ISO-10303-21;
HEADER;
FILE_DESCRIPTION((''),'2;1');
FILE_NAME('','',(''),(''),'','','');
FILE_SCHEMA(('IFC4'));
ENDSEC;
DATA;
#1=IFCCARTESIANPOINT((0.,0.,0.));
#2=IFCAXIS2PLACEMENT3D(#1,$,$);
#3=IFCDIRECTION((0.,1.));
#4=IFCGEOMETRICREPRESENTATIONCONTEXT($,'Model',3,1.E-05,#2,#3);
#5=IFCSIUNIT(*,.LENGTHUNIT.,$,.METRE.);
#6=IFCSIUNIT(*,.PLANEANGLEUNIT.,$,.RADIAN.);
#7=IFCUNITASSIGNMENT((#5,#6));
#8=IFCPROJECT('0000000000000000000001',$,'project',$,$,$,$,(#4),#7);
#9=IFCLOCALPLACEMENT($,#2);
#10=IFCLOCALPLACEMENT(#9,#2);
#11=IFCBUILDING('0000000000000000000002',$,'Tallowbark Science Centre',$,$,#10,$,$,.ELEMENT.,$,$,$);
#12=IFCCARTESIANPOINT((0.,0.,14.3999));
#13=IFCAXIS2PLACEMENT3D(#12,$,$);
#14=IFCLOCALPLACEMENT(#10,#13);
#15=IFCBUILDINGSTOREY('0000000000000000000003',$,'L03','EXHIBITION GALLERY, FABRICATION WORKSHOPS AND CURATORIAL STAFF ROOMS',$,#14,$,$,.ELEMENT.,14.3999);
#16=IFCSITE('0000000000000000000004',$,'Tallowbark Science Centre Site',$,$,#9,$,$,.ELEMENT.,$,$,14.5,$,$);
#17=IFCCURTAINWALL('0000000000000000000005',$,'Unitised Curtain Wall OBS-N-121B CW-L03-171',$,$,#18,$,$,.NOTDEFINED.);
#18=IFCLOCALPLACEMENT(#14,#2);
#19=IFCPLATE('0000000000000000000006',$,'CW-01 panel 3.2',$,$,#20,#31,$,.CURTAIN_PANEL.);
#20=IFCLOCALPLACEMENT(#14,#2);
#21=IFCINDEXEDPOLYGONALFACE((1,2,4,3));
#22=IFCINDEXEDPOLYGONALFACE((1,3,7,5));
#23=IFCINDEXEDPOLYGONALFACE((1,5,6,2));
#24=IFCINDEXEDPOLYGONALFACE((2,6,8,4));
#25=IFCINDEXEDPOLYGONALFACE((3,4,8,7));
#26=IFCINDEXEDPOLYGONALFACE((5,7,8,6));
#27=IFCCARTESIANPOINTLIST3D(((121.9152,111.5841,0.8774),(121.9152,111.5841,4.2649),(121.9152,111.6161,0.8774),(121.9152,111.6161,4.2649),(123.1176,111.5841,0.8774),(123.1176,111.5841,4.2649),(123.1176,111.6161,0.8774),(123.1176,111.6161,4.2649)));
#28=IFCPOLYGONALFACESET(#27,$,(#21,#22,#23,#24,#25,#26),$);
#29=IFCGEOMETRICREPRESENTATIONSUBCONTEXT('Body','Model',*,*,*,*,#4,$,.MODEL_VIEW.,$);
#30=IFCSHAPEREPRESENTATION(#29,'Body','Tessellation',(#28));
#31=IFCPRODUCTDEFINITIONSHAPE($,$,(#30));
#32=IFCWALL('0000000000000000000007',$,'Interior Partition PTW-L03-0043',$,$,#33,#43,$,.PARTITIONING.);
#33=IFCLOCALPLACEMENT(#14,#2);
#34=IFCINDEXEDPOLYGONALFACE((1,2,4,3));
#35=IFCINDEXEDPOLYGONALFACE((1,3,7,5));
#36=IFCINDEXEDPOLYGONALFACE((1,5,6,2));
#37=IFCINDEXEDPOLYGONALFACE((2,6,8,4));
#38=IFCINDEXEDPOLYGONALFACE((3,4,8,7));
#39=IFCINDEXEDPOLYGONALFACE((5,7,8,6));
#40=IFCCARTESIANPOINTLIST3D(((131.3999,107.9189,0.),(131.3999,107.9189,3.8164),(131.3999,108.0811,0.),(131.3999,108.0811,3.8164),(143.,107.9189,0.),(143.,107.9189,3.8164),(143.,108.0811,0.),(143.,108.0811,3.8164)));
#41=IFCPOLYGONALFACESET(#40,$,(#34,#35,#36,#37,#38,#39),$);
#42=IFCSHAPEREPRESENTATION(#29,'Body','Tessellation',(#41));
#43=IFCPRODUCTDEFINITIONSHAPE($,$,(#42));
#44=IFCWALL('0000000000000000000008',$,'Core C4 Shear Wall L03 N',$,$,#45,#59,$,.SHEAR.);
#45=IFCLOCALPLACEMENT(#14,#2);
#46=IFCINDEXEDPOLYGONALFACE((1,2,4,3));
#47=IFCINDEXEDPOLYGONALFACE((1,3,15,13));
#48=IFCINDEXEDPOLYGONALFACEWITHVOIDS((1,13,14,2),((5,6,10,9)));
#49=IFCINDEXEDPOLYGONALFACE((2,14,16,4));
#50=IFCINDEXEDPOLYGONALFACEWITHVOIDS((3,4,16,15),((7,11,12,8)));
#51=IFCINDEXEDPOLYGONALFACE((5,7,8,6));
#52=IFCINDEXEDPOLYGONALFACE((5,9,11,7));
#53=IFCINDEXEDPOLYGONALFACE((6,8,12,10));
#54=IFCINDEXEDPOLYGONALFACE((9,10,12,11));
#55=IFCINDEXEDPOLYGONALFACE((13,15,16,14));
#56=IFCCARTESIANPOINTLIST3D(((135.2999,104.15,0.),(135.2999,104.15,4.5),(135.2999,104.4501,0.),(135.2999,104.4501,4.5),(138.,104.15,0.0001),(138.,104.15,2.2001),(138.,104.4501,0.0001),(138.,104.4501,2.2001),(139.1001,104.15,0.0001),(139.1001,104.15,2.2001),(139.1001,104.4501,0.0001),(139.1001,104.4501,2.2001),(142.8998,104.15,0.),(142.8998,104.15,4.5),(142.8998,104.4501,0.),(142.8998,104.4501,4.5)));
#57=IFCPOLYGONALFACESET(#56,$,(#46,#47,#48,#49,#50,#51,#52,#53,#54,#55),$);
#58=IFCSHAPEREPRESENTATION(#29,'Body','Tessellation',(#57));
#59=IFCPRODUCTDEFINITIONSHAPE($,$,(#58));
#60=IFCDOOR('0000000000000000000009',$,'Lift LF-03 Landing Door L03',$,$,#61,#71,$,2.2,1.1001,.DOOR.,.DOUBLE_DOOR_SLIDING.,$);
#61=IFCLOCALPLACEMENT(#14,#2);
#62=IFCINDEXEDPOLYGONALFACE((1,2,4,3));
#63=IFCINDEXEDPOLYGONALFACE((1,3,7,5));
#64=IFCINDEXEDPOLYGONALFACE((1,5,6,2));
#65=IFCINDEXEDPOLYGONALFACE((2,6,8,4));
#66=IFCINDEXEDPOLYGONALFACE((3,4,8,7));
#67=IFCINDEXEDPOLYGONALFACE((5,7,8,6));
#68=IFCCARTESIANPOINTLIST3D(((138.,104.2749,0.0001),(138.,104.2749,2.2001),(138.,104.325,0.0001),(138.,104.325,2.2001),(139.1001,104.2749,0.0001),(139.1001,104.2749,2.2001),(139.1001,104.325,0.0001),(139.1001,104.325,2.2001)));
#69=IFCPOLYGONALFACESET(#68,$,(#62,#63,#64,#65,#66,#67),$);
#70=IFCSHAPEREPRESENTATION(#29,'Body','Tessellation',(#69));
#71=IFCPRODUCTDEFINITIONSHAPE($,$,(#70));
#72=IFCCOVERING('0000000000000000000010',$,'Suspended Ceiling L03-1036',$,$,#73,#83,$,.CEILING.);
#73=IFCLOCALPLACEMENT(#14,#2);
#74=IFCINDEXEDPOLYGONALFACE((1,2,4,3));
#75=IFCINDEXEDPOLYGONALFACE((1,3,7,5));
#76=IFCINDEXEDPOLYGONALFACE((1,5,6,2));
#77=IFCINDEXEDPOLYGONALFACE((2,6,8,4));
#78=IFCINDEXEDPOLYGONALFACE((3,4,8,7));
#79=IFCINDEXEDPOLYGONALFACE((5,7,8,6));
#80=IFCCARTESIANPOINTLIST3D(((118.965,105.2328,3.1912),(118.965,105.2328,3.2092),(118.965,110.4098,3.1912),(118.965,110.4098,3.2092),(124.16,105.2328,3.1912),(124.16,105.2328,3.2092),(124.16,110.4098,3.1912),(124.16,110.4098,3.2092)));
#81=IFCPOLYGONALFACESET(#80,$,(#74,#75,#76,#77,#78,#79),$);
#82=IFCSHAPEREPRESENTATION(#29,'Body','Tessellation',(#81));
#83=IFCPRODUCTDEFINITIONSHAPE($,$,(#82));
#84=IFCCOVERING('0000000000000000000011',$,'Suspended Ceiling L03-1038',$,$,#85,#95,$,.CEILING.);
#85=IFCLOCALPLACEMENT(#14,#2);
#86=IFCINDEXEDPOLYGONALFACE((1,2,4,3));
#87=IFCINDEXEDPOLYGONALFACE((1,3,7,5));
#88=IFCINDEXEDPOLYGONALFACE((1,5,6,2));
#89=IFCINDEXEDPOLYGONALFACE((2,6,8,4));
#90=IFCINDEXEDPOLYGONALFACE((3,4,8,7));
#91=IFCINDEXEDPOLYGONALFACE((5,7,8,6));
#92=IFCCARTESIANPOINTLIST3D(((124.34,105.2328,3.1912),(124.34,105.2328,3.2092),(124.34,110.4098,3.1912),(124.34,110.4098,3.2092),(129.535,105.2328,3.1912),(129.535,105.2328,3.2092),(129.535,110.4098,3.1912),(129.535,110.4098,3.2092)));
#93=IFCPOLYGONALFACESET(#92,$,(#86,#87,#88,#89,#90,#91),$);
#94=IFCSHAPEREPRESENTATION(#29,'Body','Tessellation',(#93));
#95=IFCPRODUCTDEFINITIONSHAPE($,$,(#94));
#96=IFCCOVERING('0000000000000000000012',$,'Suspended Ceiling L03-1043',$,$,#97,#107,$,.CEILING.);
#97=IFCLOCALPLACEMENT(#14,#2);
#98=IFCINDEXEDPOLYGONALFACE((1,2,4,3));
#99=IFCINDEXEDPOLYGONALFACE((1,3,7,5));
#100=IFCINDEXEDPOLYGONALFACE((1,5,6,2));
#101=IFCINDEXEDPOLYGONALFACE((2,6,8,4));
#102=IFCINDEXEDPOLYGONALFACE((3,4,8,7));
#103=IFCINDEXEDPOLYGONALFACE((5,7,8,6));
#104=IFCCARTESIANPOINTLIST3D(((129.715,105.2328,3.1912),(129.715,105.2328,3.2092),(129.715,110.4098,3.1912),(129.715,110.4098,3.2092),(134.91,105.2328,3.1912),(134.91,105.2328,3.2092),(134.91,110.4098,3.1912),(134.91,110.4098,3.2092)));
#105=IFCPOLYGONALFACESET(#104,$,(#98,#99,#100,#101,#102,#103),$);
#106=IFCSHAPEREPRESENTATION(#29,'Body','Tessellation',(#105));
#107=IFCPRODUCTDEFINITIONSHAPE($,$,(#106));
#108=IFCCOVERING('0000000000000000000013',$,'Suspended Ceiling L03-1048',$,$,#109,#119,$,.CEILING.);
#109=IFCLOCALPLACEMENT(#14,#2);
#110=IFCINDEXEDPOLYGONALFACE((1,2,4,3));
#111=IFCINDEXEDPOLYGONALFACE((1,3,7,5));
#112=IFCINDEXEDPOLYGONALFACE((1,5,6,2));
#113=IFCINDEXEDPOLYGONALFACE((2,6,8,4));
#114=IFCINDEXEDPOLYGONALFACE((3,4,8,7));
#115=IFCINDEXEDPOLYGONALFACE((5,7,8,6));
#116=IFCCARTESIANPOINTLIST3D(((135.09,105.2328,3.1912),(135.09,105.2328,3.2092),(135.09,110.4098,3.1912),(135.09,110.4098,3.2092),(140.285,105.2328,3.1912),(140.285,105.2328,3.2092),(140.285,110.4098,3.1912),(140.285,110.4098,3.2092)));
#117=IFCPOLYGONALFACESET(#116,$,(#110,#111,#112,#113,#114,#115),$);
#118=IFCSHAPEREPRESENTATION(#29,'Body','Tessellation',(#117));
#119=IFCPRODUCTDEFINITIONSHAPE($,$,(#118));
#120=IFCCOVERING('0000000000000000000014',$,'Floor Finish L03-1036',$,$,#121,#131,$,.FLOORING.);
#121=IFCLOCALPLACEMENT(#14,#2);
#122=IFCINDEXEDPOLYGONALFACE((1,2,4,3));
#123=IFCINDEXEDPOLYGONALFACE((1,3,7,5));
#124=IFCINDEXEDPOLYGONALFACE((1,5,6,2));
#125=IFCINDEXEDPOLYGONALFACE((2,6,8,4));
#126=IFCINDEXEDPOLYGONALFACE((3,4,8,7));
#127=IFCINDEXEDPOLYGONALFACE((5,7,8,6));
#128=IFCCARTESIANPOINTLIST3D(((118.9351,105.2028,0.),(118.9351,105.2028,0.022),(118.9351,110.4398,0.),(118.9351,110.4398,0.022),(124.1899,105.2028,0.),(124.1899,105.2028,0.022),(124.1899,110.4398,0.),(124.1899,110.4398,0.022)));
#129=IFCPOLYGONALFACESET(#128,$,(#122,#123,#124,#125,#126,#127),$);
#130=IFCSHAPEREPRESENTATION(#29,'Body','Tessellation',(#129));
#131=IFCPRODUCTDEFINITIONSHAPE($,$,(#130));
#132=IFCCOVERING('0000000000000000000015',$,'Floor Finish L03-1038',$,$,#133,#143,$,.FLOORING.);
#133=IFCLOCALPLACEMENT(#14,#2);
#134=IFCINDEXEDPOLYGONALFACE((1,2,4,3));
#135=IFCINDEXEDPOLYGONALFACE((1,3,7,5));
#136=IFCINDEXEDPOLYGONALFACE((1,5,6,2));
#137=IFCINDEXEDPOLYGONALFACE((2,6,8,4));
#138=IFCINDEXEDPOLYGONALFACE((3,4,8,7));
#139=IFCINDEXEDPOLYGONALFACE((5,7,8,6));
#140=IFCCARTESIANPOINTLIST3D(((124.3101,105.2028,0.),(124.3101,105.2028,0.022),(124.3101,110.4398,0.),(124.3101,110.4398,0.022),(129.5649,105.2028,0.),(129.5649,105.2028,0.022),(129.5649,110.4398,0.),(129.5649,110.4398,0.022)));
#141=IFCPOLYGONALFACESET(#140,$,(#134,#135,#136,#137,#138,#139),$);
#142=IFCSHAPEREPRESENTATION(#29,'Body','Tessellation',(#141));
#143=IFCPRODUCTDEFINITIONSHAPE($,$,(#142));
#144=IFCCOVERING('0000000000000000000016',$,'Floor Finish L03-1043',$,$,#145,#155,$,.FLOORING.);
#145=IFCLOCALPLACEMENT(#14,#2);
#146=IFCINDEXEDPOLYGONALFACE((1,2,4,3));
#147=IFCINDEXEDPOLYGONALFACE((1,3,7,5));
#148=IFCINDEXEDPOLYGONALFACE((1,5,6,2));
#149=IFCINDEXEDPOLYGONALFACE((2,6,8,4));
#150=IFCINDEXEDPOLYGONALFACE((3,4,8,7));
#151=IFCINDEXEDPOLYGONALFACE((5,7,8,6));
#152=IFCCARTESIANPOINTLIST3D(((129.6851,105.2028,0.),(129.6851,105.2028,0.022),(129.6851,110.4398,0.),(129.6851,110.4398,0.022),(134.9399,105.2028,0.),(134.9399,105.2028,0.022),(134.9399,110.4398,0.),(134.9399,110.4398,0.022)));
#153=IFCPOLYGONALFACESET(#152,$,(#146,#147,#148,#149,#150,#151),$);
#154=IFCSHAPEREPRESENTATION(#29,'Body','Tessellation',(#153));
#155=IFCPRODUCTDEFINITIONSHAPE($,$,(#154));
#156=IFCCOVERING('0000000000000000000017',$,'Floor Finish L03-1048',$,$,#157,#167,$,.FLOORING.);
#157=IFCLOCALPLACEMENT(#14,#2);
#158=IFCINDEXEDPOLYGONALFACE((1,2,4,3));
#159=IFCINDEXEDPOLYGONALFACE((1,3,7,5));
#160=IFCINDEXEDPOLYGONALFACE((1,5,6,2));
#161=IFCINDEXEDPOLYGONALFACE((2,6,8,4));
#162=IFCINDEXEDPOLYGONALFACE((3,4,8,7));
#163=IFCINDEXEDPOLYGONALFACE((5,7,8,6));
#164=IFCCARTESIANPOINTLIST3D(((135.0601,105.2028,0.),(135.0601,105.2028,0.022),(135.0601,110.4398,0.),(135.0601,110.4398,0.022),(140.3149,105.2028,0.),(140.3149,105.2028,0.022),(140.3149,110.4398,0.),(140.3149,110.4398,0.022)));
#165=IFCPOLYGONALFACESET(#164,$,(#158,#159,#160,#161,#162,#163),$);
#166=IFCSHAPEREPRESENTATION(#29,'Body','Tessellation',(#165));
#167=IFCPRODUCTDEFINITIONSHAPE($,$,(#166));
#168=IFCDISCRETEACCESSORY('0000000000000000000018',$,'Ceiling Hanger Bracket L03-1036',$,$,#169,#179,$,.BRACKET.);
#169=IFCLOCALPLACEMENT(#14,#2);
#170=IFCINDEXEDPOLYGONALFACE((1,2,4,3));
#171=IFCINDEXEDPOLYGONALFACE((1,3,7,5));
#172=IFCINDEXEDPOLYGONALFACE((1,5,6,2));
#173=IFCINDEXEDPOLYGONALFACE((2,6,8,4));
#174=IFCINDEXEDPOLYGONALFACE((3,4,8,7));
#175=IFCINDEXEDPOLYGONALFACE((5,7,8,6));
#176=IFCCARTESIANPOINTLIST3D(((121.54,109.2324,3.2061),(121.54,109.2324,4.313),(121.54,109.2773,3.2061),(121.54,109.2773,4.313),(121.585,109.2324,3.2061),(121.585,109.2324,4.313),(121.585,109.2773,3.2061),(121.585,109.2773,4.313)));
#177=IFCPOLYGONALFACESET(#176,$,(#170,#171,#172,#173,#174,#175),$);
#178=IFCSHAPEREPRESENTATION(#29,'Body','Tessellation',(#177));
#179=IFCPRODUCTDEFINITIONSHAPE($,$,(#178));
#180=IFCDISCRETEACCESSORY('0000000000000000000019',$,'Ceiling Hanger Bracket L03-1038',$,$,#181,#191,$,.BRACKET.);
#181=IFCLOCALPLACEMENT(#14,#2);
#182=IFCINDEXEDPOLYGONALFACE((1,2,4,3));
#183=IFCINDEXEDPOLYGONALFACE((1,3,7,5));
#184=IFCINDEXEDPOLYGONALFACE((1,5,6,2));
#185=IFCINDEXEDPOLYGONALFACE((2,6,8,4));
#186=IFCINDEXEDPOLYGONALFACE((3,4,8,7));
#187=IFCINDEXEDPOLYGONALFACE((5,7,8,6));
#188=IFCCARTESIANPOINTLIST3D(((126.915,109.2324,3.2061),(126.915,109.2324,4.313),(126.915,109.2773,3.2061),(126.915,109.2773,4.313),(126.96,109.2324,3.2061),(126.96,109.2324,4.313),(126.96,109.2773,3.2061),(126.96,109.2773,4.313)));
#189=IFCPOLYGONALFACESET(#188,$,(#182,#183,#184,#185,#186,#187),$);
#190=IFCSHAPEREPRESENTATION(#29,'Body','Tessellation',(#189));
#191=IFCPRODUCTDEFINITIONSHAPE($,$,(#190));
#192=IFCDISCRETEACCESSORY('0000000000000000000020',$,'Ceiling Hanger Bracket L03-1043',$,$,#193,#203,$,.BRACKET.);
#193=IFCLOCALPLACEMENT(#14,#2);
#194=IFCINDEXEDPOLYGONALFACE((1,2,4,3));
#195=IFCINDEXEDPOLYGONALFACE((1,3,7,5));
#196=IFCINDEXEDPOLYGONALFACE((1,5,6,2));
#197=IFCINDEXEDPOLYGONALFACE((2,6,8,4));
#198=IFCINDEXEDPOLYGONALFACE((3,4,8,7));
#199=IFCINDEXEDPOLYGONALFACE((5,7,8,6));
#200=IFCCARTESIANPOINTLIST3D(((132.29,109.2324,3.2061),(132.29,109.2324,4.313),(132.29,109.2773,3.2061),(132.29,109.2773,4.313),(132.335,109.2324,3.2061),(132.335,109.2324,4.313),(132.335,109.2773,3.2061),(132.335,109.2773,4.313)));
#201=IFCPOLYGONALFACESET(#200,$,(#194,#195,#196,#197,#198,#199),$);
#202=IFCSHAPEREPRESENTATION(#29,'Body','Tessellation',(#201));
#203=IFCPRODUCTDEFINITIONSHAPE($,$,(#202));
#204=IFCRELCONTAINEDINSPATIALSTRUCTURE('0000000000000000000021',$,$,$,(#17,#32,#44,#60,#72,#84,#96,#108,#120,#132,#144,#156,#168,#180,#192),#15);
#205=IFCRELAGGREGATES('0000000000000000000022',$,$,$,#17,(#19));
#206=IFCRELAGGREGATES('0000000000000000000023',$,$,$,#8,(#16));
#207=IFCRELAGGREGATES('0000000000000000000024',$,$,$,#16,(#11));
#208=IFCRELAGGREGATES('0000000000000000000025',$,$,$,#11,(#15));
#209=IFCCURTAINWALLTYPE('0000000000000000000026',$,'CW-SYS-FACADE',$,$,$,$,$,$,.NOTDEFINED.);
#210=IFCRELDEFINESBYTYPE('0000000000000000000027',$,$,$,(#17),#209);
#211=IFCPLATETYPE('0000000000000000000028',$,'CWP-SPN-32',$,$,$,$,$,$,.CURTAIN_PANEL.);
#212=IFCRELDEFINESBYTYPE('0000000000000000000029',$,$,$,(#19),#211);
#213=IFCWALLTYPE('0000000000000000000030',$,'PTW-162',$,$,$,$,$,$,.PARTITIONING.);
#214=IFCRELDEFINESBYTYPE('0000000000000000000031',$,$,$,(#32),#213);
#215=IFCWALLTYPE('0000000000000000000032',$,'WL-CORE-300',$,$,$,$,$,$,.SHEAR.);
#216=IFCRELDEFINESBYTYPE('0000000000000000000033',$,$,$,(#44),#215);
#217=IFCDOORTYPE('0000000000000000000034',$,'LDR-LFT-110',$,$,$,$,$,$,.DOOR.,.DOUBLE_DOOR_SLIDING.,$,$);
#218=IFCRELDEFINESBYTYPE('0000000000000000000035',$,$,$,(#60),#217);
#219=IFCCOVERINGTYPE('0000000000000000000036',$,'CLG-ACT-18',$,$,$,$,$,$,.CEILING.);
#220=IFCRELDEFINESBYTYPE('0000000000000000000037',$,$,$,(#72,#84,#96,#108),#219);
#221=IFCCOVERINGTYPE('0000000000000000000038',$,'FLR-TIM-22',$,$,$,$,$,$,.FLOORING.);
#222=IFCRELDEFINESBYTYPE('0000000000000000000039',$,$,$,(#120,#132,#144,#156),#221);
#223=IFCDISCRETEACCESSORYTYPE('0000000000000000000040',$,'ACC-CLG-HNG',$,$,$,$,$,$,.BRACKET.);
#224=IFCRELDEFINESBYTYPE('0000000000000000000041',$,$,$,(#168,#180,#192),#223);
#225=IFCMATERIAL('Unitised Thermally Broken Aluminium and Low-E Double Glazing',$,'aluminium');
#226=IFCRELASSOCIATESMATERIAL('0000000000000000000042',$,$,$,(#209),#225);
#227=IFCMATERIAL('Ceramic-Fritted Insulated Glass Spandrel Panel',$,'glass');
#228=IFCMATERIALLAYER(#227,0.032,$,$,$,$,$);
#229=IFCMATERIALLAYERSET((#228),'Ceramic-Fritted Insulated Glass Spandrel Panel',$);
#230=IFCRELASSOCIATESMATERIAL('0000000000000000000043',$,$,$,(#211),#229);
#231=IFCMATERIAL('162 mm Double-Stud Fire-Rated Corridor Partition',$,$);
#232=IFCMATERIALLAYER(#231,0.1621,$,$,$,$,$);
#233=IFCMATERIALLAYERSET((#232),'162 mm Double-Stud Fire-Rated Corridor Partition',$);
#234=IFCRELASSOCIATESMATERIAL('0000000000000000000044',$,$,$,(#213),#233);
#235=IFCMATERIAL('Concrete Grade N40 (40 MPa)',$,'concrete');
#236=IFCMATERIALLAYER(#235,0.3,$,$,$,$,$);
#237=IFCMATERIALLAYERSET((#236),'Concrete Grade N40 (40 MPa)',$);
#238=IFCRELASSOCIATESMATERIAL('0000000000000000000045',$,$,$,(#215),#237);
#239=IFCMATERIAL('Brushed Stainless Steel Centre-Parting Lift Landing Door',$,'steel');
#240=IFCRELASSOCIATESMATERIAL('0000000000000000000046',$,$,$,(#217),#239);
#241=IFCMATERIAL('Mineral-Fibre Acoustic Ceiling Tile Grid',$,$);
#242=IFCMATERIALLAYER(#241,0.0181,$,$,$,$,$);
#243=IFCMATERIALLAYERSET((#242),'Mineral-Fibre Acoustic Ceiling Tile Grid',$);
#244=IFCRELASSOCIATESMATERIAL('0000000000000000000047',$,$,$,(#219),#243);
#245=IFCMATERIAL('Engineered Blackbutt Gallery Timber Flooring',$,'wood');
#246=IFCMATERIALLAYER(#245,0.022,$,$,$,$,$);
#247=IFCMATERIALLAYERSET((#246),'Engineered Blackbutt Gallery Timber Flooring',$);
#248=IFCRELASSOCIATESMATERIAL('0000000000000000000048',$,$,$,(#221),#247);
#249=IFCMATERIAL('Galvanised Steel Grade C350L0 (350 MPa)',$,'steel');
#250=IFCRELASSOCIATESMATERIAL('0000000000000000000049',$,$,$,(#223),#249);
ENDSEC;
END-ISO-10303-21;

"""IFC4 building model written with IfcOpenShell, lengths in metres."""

from ifc_helpers import new_model, si_unit, direction, frame, frame_2d, origin, origin_2d, place, context, subcontext, project, spatial, rectangle, extrude, material, layer, layer_set, type_object, element, fill, aggregate, save


model = new_model("IFC4")

# Units and contexts
model_context = context("Model", 3, precision=1e-05, world=origin(), true_north=direction((0.0, 1.0)))
body_context = subcontext(model_context, "Body", "Model", "MODEL_VIEW")
ifc_project = project(units=[si_unit("LENGTHUNIT", "METRE"), si_unit("PLANEANGLEUNIT", "RADIAN")], contexts=[model_context])

# Site, building, storey
site_placement = place(None, origin())
site = spatial("IfcSite", under=ifc_project, at=site_placement, Name="Tallowbark Science Centre Site", CompositionType="ELEMENT", RefElevation=14.5)
building_placement = place(site_placement, origin())
building = spatial("IfcBuilding", under=site, at=building_placement, Name="Tallowbark Science Centre", CompositionType="ELEMENT")
storey_placement = place(building_placement, frame((0.0, 0.0, 14.3999)))
storey = spatial("IfcBuildingStorey", under=building, at=storey_placement, Name="L03", Description="EXHIBITION GALLERY, FABRICATION WORKSHOPS AND CURATORIAL STAFF ROOMS", CompositionType="ELEMENT", Elevation=14.3999)

# Curtain wall
ifc_material_1 = material(Name="Unitised Thermally Broken Aluminium and Low-E Double Glazing", Category="aluminium")
curtain_wall_type = type_object("IfcCurtainWallType", Name="CW-SYS-FACADE", PredefinedType="NOTDEFINED", material=ifc_material_1)
curtain_wall_placement = place(storey_placement, origin())
curtain_wall = element("IfcCurtainWall", 1, at=curtain_wall_placement, inside=storey, type_object=curtain_wall_type, Name="Unitised Curtain Wall OBS-N-121B CW-L03-171", PredefinedType="NOTDEFINED")

# Plate
ifc_material_2 = material(Name="Ceramic-Fritted Insulated Glass Spandrel Panel", Category="glass")
ifc_layer_1 = layer(ifc_material_2, 0.032)
ifc_layer_set_1 = layer_set([ifc_layer_1], Name="Ceramic-Fritted Insulated Glass Spandrel Panel")
plate_type = type_object("IfcPlateType", Name="CWP-SPN-32", PredefinedType="CURTAIN_PANEL", material=ifc_layer_set_1)
plate_1_placement = place(storey_placement, frame((122.5164, 111.6001, 0.8774), z_axis=(0.0, 0.0, 1.0), x_axis=(-1.0, 0.0, 0.0)))
plate_1 = element("IfcPlate", 2, at=plate_1_placement, type_object=plate_type, Name="CW-01 panel 3.2", PredefinedType="CURTAIN_PANEL", context=body_context, shape_type="SweptSolid", body=[
    extrude(rectangle(XDim=1.2024, YDim=0.032, at=origin_2d()), origin(), (0.0, 0.0, 1.0), 3.3875),
])
aggregate(curtain_wall, [plate_1])

# Wall
ifc_material_3 = material(Name="162 mm Double-Stud Fire-Rated Corridor Partition")
ifc_layer_2 = layer(ifc_material_3, 0.1621)
ifc_layer_set_2 = layer_set([ifc_layer_2], Name="162 mm Double-Stud Fire-Rated Corridor Partition")
wall_type_1 = type_object("IfcWallType", Name="PTW-162", PredefinedType="PARTITIONING", material=ifc_layer_set_2)
wall_1_placement = place(storey_placement, frame((131.3999, 108.0, 0.0), z_axis=(0.0, 0.0, 1.0), x_axis=(1.0, 0.0, 0.0)))
element("IfcWall", 3, at=wall_1_placement, inside=storey, type_object=wall_type_1, Name="Interior Partition PTW-L03-0043", PredefinedType="PARTITIONING", context=body_context, shape_type="SweptSolid", body=[
    extrude(rectangle(XDim=11.6001, YDim=0.1621, at=frame_2d((5.8, 0.0))), origin(), (0.0, 0.0, 1.0), 3.8164),
])

# Wall, opening, door
ifc_material_4 = material(Name="Concrete Grade N40 (40 MPa)", Category="concrete")
ifc_layer_3 = layer(ifc_material_4, 0.3)
ifc_layer_set_3 = layer_set([ifc_layer_3], Name="Concrete Grade N40 (40 MPa)")
wall_type_2 = type_object("IfcWallType", Name="WL-CORE-300", PredefinedType="SHEAR", material=ifc_layer_set_3)
wall_2_placement = place(storey_placement, frame((135.3, 104.3, 0.0), z_axis=(0.0, 0.0, 1.0), x_axis=(1.0, 0.0, 0.0)))
wall_2 = element("IfcWall", 4, at=wall_2_placement, inside=storey, type_object=wall_type_2, Name="Core C4 Shear Wall L03 N", PredefinedType="SHEAR", context=body_context, shape_type="SweptSolid", body=[
    extrude(rectangle(XDim=7.5999, YDim=0.3, at=frame_2d((3.7998, 0.0))), origin(), (0.0, 0.0, 1.0), 4.5),
])
opening_placement = place(wall_2_placement, frame((2.7, 0.0, 0.0)))
opening = element("IfcOpeningElement", 5, at=opening_placement, cuts=wall_2, PredefinedType="OPENING", context=body_context, shape_type="SweptSolid", body=[
    extrude(rectangle(XDim=1.1001, YDim=2.2, at=frame_2d((0.55, 1.1001))), frame((0.0, 0.1602, 0.0), z_axis=(0.0, -1.0, 0.0), x_axis=(1.0, 0.0, 0.0)), (0.0, 0.0, 1.0), 0.3201),
])
ifc_material_5 = material(Name="Brushed Stainless Steel Centre-Parting Lift Landing Door", Category="steel")
door_type = type_object("IfcDoorType", Name="LDR-LFT-110", OperationType="DOUBLE_DOOR_SLIDING", PredefinedType="DOOR", material=ifc_material_5)
door_placement = place(opening_placement, origin())
door = element("IfcDoor", 6, at=door_placement, inside=storey, type_object=door_type, Name="Lift LF-03 Landing Door L03", OperationType="DOUBLE_DOOR_SLIDING", OverallHeight=2.2, OverallWidth=1.1001, PredefinedType="DOOR", context=body_context, shape_type="SweptSolid", body=[
    extrude(rectangle(XDim=1.1001, YDim=2.2, at=frame_2d((0.55, 1.1001))), frame((0.0, 0.0249, 0.0), z_axis=(0.0, -1.0, 0.0), x_axis=(1.0, 0.0, 0.0)), (0.0, 0.0, 1.0), 0.05),
])
fill(opening, door)

# Coverings
ifc_material_6 = material(Name="Mineral-Fibre Acoustic Ceiling Tile Grid")
ifc_layer_4 = layer(ifc_material_6, 0.0181)
ifc_layer_set_4 = layer_set([ifc_layer_4], Name="Mineral-Fibre Acoustic Ceiling Tile Grid")
covering_type_1 = type_object("IfcCoveringType", Name="CLG-ACT-18", PredefinedType="CEILING", material=ifc_layer_set_4)
for number, where, z_axis, x_axis, name in (
    (7, (121.5625, 107.8213, 3.1912), (0.0, 0.0, 1.0), (1.0, 0.0, 0.0), "Suspended Ceiling L03-1036"),
    (8, (126.9375, 107.8213, 3.1912), (0.0, 0.0, 1.0), (1.0, 0.0, 0.0), "Suspended Ceiling L03-1038"),
    (9, (132.3125, 107.8213, 3.1912), (0.0, 0.0, 1.0), (1.0, 0.0, 0.0), "Suspended Ceiling L03-1043"),
    (10, (137.6875, 107.8213, 3.1912), (0.0, 0.0, 1.0), (1.0, 0.0, 0.0), "Suspended Ceiling L03-1048"),
):
    element("IfcCovering", number, at=place(storey_placement, frame(where, z_axis=z_axis, x_axis=x_axis)), inside=storey, type_object=covering_type_1, Name=name, PredefinedType="CEILING", context=body_context, shape_type="SweptSolid", body=[
        extrude(rectangle(XDim=5.1951, YDim=5.177, at=origin_2d()), origin(), (0.0, 0.0, 1.0), 0.0181),
    ])
ifc_material_7 = material(Name="Engineered Blackbutt Gallery Timber Flooring", Category="wood")
ifc_layer_5 = layer(ifc_material_7, 0.022)
ifc_layer_set_5 = layer_set([ifc_layer_5], Name="Engineered Blackbutt Gallery Timber Flooring")
covering_type_2 = type_object("IfcCoveringType", Name="FLR-TIM-22", PredefinedType="FLOORING", material=ifc_layer_set_5)
for number, where, z_axis, x_axis, name in (
    (11, (121.5625, 107.8213, 0.0), (0.0, 0.0, 1.0), (1.0, 0.0, 0.0), "Floor Finish L03-1036"),
    (12, (126.9375, 107.8213, 0.0), (0.0, 0.0, 1.0), (1.0, 0.0, 0.0), "Floor Finish L03-1038"),
    (13, (132.3125, 107.8213, 0.0), (0.0, 0.0, 1.0), (1.0, 0.0, 0.0), "Floor Finish L03-1043"),
    (14, (137.6875, 107.8213, 0.0), (0.0, 0.0, 1.0), (1.0, 0.0, 0.0), "Floor Finish L03-1048"),
):
    element("IfcCovering", number, at=place(storey_placement, frame(where, z_axis=z_axis, x_axis=x_axis)), inside=storey, type_object=covering_type_2, Name=name, PredefinedType="FLOORING", context=body_context, shape_type="SweptSolid", body=[
        extrude(rectangle(XDim=5.2549, YDim=5.2371, at=origin_2d()), origin(), (0.0, 0.0, 1.0), 0.022),
    ])

# Discrete accessories
ifc_material_8 = material(Name="Galvanised Steel Grade C350L0 (350 MPa)", Category="steel")
discrete_accessory_type = type_object("IfcDiscreteAccessoryType", Name="ACC-CLG-HNG", PredefinedType="BRACKET", material=ifc_material_8)
for number, where, z_axis, x_axis, name in (
    (15, (121.5625, 109.2549, 3.2061), (0.0, 0.0, 1.0), (1.0, 0.0, 0.0), "Ceiling Hanger Bracket L03-1036"),
    (16, (126.9375, 109.2549, 3.2061), (0.0, 0.0, 1.0), (1.0, 0.0, 0.0), "Ceiling Hanger Bracket L03-1038"),
    (17, (132.3125, 109.2549, 3.2061), (0.0, 0.0, 1.0), (1.0, 0.0, 0.0), "Ceiling Hanger Bracket L03-1043"),
):
    element("IfcDiscreteAccessory", number, at=place(storey_placement, frame(where, z_axis=z_axis, x_axis=x_axis)), inside=storey, type_object=discrete_accessory_type, Name=name, PredefinedType="BRACKET", context=body_context, shape_type="SweptSolid", body=[
        extrude(rectangle(XDim=0.0449, YDim=0.0449, at=origin_2d()), origin(), (0.0, 0.0, 1.0), 1.1069),
    ])

save(model, "model.ifc")
